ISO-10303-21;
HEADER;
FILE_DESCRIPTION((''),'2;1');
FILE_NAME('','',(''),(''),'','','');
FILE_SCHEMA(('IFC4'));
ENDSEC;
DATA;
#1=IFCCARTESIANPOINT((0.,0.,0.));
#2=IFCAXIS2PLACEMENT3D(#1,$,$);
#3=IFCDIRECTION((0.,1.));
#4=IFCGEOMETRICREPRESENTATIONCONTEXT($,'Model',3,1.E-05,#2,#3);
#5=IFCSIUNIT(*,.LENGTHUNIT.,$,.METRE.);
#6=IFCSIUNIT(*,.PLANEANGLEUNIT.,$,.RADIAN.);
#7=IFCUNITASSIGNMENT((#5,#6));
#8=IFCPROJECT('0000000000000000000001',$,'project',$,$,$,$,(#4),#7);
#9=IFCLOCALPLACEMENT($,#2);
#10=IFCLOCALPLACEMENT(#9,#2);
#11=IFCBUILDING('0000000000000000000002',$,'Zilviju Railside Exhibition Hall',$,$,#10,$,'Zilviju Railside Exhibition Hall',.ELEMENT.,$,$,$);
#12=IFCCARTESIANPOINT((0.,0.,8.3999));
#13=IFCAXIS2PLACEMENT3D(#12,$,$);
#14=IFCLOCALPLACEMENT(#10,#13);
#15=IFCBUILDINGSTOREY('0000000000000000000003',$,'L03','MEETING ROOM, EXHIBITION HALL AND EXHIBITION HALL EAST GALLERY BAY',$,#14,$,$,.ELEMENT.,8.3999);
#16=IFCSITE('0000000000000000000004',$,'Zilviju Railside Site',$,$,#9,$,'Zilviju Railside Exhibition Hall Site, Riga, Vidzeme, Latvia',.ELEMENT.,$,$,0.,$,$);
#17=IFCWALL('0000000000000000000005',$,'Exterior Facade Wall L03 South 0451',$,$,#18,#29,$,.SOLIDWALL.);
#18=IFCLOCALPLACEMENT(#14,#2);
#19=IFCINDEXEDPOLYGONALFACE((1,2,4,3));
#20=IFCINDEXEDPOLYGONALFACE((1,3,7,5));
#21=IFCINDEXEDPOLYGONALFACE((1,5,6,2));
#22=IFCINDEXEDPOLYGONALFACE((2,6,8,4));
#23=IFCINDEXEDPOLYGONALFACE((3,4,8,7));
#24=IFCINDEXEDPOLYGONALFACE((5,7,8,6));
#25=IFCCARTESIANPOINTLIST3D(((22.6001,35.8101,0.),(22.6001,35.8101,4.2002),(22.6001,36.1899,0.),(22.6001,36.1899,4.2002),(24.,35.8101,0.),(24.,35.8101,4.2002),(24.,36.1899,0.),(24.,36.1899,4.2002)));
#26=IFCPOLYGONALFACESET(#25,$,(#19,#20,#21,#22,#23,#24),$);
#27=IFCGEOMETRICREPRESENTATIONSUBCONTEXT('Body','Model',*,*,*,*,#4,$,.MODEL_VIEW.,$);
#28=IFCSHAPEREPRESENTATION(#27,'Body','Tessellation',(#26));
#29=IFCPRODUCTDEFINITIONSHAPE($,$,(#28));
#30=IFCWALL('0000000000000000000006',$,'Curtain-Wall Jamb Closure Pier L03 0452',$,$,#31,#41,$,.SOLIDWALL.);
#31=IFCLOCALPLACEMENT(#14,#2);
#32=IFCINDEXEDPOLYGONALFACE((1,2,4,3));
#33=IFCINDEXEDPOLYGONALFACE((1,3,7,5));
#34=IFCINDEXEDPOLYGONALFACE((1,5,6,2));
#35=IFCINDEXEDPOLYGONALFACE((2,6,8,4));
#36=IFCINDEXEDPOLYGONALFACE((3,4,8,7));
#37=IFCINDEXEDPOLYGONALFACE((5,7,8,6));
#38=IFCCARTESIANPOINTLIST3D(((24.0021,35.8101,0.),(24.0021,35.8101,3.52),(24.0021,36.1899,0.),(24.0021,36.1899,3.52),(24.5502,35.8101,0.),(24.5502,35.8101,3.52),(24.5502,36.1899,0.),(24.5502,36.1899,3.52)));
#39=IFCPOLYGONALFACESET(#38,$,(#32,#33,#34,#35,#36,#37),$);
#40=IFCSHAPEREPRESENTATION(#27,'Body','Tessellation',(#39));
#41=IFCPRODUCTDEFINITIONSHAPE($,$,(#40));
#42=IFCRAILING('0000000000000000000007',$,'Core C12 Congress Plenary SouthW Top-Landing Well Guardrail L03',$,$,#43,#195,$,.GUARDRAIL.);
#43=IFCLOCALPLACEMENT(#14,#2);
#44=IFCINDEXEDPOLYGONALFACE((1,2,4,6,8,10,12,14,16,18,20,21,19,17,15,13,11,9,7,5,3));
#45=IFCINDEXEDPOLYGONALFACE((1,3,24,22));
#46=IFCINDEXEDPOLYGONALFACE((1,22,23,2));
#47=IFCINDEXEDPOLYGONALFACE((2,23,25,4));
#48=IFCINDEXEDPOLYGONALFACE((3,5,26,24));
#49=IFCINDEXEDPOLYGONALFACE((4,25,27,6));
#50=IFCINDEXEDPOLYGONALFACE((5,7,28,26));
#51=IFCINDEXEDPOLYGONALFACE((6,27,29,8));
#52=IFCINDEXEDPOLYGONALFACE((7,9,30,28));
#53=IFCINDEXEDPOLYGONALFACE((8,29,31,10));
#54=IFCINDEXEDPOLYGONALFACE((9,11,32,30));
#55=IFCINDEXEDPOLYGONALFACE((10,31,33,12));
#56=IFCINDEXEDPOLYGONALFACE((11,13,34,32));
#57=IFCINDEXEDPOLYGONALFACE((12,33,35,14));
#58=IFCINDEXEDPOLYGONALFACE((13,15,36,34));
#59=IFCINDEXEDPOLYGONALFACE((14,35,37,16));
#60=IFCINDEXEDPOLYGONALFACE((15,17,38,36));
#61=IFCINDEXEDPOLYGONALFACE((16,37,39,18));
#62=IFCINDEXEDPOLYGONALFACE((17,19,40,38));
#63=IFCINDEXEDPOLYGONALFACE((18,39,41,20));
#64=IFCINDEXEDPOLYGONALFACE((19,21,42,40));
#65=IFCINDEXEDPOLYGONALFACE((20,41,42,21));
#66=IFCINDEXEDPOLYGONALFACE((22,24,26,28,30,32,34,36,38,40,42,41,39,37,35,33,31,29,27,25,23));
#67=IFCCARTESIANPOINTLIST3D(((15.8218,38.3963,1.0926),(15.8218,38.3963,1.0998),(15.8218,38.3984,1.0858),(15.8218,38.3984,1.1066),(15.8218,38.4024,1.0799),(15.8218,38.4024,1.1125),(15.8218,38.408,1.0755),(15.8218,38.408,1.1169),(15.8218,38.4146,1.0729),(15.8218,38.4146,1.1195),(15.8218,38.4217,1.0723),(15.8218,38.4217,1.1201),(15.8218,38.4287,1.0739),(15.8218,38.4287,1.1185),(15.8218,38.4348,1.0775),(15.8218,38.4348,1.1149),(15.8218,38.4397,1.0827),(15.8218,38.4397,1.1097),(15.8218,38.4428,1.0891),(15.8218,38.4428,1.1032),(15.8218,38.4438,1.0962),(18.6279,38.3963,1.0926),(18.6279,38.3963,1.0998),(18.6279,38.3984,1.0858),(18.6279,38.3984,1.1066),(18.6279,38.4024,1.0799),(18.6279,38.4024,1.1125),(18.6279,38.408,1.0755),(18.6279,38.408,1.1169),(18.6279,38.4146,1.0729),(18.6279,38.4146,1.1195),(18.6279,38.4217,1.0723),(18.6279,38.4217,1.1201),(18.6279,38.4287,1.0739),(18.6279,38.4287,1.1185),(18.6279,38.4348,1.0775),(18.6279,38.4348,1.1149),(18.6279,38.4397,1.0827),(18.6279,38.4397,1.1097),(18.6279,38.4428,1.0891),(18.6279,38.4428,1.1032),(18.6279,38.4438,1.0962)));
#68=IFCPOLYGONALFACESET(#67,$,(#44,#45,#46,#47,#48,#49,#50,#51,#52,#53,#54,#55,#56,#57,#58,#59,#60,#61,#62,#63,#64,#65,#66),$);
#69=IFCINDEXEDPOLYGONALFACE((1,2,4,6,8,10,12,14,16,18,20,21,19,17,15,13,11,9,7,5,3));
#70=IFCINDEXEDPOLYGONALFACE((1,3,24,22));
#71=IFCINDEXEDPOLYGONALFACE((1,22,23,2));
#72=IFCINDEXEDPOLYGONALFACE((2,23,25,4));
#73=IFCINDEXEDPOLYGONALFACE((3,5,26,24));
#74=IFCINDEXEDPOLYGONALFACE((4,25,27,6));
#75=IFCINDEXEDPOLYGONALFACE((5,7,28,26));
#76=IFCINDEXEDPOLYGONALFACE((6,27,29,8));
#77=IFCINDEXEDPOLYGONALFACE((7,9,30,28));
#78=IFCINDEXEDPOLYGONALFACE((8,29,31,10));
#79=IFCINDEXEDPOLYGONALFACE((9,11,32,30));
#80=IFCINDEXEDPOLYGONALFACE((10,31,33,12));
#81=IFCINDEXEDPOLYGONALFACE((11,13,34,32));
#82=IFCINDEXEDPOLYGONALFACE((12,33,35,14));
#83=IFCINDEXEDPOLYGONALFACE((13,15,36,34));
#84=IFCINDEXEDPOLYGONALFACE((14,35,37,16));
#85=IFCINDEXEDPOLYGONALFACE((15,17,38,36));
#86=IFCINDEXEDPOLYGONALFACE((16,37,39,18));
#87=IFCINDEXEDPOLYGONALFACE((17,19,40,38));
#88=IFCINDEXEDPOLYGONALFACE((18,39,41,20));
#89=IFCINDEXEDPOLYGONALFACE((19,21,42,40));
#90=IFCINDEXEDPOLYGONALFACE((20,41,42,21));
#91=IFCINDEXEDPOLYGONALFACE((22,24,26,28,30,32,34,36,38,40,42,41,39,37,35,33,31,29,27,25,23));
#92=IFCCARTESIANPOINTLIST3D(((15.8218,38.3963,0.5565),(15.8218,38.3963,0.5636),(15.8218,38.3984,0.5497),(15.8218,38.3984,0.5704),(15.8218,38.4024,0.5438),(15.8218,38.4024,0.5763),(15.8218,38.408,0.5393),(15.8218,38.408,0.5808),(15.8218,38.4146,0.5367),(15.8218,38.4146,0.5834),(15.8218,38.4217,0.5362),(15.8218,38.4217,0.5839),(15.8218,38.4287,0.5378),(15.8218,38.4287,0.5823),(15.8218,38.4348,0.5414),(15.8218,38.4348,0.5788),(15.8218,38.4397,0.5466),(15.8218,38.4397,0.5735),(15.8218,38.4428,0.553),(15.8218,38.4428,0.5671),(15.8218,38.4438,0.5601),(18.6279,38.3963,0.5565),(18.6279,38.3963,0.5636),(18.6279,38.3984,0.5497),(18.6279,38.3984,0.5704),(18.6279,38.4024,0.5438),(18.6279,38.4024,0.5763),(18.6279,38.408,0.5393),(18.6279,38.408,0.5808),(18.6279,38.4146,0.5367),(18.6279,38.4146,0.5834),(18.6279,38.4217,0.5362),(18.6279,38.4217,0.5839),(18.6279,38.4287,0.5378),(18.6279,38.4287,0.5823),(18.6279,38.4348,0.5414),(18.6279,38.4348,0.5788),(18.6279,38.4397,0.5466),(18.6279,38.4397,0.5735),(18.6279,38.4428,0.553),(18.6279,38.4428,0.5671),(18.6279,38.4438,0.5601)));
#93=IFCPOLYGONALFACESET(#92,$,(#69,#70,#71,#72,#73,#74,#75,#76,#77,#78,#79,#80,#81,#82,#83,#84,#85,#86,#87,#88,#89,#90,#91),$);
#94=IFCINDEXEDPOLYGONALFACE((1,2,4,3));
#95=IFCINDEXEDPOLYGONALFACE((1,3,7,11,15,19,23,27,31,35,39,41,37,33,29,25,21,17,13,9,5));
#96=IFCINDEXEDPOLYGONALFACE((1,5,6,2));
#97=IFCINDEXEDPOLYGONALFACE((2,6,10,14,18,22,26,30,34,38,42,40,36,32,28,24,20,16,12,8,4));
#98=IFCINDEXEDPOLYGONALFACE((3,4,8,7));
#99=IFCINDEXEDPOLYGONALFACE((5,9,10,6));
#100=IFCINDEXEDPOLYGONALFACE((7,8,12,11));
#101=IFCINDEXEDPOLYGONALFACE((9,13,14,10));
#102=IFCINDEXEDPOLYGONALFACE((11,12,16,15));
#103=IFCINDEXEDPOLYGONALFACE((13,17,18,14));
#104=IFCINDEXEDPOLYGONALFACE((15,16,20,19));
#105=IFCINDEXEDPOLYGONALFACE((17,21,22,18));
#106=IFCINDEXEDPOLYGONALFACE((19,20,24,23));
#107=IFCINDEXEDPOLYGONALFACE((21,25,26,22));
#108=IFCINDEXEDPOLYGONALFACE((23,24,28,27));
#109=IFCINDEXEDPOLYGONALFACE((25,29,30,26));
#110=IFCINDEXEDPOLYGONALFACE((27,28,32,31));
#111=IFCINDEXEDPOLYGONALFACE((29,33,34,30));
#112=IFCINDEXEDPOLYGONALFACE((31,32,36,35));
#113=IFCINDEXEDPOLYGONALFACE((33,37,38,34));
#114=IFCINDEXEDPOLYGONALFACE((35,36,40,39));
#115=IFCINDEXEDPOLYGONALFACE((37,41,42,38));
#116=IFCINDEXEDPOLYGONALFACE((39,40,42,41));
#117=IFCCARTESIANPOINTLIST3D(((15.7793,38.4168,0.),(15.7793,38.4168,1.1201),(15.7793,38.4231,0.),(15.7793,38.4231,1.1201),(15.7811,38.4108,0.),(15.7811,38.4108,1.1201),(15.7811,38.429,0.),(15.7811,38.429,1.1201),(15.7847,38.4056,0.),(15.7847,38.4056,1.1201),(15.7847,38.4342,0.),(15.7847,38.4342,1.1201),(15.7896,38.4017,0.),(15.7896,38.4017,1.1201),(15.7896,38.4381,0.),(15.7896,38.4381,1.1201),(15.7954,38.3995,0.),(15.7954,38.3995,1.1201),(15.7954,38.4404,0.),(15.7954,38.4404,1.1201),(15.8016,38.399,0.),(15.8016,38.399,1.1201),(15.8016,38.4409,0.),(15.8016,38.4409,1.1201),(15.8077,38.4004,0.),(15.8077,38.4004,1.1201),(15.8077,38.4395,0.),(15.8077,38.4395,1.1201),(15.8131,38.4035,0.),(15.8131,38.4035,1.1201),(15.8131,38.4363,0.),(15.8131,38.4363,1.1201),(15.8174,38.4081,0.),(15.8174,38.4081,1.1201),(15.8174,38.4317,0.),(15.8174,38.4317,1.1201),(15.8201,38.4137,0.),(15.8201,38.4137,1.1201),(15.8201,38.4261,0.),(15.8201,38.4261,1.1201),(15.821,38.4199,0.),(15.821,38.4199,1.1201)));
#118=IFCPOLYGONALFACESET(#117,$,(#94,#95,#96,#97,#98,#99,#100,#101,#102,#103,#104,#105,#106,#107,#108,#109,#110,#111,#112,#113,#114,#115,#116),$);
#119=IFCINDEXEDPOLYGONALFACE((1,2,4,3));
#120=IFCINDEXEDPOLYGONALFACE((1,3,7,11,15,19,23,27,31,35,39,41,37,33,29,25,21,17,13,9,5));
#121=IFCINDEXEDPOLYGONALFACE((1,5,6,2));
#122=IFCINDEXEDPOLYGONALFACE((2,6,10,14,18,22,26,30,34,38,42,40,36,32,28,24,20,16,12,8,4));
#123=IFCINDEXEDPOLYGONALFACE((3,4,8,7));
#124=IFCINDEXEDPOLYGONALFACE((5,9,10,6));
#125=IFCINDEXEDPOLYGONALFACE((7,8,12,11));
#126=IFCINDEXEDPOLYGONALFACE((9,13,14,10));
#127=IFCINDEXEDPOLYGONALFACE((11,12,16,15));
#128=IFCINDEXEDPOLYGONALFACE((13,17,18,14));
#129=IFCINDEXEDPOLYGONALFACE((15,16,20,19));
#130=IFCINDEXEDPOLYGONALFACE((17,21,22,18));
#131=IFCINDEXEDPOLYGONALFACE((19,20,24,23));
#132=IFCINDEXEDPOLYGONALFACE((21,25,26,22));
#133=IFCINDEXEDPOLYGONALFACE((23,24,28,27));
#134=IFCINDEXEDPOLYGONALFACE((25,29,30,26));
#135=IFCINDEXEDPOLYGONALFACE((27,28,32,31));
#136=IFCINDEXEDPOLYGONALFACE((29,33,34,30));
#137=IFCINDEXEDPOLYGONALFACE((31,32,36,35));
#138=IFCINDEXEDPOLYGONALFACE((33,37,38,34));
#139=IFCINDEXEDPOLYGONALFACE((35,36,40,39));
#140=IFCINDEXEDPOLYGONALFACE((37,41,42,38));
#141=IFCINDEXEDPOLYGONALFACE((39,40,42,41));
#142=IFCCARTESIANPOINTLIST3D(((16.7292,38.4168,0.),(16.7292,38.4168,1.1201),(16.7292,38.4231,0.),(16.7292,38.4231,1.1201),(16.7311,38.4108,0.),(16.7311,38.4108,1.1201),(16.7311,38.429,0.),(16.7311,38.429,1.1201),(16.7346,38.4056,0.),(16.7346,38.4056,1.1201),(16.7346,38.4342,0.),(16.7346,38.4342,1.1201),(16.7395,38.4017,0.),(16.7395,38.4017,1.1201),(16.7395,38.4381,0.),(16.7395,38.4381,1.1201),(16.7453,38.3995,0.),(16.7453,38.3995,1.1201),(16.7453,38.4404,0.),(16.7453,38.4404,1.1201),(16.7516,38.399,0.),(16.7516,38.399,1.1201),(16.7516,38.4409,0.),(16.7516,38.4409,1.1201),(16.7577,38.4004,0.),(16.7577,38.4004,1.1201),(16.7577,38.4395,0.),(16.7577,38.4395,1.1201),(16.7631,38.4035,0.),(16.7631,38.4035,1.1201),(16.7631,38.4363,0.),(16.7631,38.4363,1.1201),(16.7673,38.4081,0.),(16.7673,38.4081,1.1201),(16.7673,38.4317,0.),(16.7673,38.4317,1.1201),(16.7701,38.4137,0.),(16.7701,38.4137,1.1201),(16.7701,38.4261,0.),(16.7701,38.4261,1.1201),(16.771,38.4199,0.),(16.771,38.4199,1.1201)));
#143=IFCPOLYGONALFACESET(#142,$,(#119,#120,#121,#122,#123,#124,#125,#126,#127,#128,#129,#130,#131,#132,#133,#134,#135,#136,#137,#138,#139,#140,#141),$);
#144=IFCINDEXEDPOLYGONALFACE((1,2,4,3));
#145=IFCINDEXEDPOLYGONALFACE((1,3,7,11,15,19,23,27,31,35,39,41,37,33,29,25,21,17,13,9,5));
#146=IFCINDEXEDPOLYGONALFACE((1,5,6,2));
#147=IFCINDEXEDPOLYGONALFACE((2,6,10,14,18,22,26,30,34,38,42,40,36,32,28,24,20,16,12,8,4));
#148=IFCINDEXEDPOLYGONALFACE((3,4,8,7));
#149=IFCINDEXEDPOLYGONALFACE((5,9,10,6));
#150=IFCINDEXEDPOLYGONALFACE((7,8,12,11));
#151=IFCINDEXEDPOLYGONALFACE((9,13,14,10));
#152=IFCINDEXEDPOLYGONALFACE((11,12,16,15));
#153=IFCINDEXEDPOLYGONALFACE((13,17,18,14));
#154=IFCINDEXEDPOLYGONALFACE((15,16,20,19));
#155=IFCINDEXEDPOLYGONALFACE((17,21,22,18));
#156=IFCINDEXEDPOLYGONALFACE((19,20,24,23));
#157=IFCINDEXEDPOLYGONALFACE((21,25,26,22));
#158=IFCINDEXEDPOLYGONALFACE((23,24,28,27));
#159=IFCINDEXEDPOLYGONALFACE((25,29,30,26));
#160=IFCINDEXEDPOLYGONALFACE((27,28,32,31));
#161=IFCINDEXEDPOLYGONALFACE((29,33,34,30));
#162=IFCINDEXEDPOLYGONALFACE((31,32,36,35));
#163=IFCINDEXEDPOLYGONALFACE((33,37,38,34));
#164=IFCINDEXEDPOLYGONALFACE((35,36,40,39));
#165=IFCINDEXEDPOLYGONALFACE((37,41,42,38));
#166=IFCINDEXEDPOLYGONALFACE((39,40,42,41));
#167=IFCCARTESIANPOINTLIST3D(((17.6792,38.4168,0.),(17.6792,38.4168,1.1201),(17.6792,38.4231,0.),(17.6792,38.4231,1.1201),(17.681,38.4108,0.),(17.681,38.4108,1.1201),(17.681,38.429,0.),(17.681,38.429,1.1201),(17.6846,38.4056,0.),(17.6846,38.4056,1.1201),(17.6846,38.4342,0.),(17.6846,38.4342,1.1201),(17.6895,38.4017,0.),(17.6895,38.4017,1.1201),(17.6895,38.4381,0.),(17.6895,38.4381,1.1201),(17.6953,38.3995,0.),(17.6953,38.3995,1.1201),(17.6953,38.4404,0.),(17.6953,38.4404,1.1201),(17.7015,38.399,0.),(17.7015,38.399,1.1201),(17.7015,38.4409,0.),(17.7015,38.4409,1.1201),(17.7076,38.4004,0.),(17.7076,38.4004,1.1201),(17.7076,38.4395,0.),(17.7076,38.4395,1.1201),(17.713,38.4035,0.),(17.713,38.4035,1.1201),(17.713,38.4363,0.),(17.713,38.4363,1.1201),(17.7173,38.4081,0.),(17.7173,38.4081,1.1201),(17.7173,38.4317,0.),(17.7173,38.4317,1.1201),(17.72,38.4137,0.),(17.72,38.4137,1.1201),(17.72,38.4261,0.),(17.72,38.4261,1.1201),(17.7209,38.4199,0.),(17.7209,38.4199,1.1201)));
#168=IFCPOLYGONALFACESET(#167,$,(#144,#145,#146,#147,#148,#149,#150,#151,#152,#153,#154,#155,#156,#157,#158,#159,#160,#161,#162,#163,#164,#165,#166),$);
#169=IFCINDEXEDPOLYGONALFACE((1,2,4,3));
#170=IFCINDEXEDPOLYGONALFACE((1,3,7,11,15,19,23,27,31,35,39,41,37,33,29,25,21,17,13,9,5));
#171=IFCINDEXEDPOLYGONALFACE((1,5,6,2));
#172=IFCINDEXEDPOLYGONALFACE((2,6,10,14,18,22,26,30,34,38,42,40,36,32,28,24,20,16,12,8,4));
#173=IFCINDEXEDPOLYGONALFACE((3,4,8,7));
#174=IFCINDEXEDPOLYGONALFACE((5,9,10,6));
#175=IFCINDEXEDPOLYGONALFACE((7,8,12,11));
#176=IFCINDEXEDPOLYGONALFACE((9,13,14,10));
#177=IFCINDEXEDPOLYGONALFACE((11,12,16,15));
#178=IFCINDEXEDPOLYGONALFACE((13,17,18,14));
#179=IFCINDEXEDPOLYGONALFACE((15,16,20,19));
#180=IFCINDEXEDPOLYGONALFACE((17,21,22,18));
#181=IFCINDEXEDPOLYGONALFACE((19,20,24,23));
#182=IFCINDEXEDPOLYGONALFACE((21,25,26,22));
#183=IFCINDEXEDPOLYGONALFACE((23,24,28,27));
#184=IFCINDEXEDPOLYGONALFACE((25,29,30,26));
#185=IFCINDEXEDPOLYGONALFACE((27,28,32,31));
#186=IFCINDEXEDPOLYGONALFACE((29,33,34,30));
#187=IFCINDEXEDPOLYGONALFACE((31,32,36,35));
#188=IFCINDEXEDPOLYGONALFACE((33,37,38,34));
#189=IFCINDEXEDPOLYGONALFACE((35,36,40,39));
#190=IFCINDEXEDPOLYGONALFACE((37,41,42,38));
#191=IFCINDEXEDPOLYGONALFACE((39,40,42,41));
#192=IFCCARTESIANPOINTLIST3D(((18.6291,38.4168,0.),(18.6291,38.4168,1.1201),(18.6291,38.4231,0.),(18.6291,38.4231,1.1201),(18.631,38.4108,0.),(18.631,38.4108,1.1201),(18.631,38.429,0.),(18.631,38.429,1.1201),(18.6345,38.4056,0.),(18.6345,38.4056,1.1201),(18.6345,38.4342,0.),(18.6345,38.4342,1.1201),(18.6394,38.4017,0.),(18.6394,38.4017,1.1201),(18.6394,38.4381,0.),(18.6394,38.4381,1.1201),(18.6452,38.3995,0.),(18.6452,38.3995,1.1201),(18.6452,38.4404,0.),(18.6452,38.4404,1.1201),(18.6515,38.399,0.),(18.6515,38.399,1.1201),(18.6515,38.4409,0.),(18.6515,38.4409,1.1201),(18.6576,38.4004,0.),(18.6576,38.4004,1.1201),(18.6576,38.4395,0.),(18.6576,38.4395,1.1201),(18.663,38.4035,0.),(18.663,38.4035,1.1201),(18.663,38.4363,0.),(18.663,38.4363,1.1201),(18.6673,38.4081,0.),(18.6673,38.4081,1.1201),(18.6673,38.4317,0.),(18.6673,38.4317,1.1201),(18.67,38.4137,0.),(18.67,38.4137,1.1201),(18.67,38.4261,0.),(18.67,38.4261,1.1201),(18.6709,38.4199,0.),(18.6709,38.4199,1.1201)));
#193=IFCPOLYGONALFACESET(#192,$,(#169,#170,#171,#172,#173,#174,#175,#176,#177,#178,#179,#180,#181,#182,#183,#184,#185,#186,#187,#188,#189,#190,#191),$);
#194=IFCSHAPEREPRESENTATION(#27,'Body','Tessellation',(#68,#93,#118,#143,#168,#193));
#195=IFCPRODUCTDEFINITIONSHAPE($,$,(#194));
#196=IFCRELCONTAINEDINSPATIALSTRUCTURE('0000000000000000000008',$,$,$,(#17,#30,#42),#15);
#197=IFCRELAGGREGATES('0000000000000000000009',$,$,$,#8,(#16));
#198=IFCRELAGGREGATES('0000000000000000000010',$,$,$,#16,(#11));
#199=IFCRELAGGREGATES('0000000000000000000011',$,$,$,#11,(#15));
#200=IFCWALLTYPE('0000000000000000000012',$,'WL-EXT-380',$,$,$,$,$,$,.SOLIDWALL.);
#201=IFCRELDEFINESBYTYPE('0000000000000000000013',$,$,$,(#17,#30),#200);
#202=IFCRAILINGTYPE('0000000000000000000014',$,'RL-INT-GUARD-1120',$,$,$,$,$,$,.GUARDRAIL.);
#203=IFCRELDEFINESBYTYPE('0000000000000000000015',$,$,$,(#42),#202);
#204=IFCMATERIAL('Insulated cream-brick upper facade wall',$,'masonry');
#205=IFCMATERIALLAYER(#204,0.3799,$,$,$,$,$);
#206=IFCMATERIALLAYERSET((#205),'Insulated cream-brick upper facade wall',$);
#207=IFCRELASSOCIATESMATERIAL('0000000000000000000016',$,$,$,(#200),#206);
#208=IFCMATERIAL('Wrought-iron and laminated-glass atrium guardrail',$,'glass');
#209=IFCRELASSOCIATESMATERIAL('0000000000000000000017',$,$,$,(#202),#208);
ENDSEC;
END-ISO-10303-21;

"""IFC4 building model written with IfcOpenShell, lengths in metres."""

from ifc_helpers import new_model, si_unit, direction, frame, frame_2d, origin, origin_2d, place, context, subcontext, project, spatial, rectangle, circle, extrude, material, layer, layer_set, type_object, element, save


model = new_model("IFC4")

# Units and contexts
model_context = context("Model", 3, precision=1e-05, world=origin(), true_north=direction((0.0, 1.0)))
body_context = subcontext(model_context, "Body", "Model", "MODEL_VIEW")
ifc_project = project(units=[si_unit("LENGTHUNIT", "METRE"), si_unit("PLANEANGLEUNIT", "RADIAN")], contexts=[model_context])

# Site, building, storey
site_placement = place(None, origin())
site = spatial("IfcSite", under=ifc_project, at=site_placement, Name="Zilviju Railside Site", LongName="Zilviju Railside Exhibition Hall Site, Riga, Vidzeme, Latvia", CompositionType="ELEMENT", RefElevation=0.0)
building_placement = place(site_placement, origin())
building = spatial("IfcBuilding", under=site, at=building_placement, Name="Zilviju Railside Exhibition Hall", LongName="Zilviju Railside Exhibition Hall", CompositionType="ELEMENT")
storey_placement = place(building_placement, frame((0.0, 0.0, 8.3999)))
storey = spatial("IfcBuildingStorey", under=building, at=storey_placement, Name="L03", Description="MEETING ROOM, EXHIBITION HALL AND EXHIBITION HALL EAST GALLERY BAY", CompositionType="ELEMENT", Elevation=8.3999)

# Walls
ifc_material_1 = material(Name="Insulated cream-brick upper facade wall", Category="masonry")
ifc_layer_1 = layer(ifc_material_1, 0.3799)
ifc_layer_set_1 = layer_set([ifc_layer_1], Name="Insulated cream-brick upper facade wall")
wall_type_1 = type_object("IfcWallType", Name="WL-EXT-380", PredefinedType="SOLIDWALL", material=ifc_layer_set_1)
wall_1_placement = place(storey_placement, frame((24.0, 36.0, 0.0), z_axis=(0.0, 0.0, 1.0), x_axis=(-1.0, 0.0, 0.0)))
element("IfcWall", 1, at=wall_1_placement, inside=storey, type_object=wall_type_1, Name="Exterior Facade Wall L03 South 0451", PredefinedType="SOLIDWALL", context=body_context, shape_type="SweptSolid", body=[
    extrude(rectangle(XDim=1.3999, YDim=0.3799, at=frame_2d((0.7, 0.0))), origin(), (0.0, 0.0, 1.0), 4.2002),
])
wall_2_placement = place(storey_placement, frame((24.55, 36.0, 0.0), z_axis=(0.0, 0.0, 1.0), x_axis=(-1.0, 0.0, 0.0)))
element("IfcWall", 2, at=wall_2_placement, inside=storey, type_object=wall_type_1, Name="Curtain-Wall Jamb Closure Pier L03 0452", PredefinedType="SOLIDWALL", context=body_context, shape_type="SweptSolid", body=[
    extrude(rectangle(XDim=0.5481, YDim=0.3799, at=frame_2d((0.2739, 0.0))), origin(), (0.0, 0.0, 1.0), 3.52),
])

# Railing
ifc_material_2 = material(Name="Wrought-iron and laminated-glass atrium guardrail", Category="glass")
railing_type = type_object("IfcRailingType", Name="RL-INT-GUARD-1120", PredefinedType="GUARDRAIL", material=ifc_material_2)
railing_1_placement = place(storey_placement, frame((15.8, 38.4199, 0.0)))
element("IfcRailing", 3, at=railing_1_placement, inside=storey, type_object=railing_type, Name="Core C12 Congress Plenary SouthW Top-Landing Well Guardrail L03", PredefinedType="GUARDRAIL", context=body_context, shape_type="SweptSolid", body=[
    extrude(circle(Radius=0.0239, at=origin_2d()), frame((0.0217, 0.0, 1.0962), z_axis=(1.0, 0.0, 0.0), x_axis=(0.0, 1.0, 0.0)), (0.0, 0.0, 1.0), 2.8062),
    extrude(circle(Radius=0.0239, at=origin_2d()), frame((0.0217, 0.0, 0.5601), z_axis=(1.0, 0.0, 0.0), x_axis=(0.0, 1.0, 0.0)), (0.0, 0.0, 1.0), 2.8062),
    extrude(circle(Radius=0.021, at=origin_2d()), origin(), (0.0, 0.0, 1.0), 1.1201),
    extrude(circle(Radius=0.021, at=origin_2d()), frame((0.95, 0.0, 0.0)), (0.0, 0.0, 1.0), 1.1201),
    extrude(circle(Radius=0.021, at=origin_2d()), frame((1.8999, 0.0, 0.0)), (0.0, 0.0, 1.0), 1.1201),
    extrude(circle(Radius=0.021, at=origin_2d()), frame((2.8499, 0.0, 0.0)), (0.0, 0.0, 1.0), 1.1201),
])

save(model, "model.ifc")
